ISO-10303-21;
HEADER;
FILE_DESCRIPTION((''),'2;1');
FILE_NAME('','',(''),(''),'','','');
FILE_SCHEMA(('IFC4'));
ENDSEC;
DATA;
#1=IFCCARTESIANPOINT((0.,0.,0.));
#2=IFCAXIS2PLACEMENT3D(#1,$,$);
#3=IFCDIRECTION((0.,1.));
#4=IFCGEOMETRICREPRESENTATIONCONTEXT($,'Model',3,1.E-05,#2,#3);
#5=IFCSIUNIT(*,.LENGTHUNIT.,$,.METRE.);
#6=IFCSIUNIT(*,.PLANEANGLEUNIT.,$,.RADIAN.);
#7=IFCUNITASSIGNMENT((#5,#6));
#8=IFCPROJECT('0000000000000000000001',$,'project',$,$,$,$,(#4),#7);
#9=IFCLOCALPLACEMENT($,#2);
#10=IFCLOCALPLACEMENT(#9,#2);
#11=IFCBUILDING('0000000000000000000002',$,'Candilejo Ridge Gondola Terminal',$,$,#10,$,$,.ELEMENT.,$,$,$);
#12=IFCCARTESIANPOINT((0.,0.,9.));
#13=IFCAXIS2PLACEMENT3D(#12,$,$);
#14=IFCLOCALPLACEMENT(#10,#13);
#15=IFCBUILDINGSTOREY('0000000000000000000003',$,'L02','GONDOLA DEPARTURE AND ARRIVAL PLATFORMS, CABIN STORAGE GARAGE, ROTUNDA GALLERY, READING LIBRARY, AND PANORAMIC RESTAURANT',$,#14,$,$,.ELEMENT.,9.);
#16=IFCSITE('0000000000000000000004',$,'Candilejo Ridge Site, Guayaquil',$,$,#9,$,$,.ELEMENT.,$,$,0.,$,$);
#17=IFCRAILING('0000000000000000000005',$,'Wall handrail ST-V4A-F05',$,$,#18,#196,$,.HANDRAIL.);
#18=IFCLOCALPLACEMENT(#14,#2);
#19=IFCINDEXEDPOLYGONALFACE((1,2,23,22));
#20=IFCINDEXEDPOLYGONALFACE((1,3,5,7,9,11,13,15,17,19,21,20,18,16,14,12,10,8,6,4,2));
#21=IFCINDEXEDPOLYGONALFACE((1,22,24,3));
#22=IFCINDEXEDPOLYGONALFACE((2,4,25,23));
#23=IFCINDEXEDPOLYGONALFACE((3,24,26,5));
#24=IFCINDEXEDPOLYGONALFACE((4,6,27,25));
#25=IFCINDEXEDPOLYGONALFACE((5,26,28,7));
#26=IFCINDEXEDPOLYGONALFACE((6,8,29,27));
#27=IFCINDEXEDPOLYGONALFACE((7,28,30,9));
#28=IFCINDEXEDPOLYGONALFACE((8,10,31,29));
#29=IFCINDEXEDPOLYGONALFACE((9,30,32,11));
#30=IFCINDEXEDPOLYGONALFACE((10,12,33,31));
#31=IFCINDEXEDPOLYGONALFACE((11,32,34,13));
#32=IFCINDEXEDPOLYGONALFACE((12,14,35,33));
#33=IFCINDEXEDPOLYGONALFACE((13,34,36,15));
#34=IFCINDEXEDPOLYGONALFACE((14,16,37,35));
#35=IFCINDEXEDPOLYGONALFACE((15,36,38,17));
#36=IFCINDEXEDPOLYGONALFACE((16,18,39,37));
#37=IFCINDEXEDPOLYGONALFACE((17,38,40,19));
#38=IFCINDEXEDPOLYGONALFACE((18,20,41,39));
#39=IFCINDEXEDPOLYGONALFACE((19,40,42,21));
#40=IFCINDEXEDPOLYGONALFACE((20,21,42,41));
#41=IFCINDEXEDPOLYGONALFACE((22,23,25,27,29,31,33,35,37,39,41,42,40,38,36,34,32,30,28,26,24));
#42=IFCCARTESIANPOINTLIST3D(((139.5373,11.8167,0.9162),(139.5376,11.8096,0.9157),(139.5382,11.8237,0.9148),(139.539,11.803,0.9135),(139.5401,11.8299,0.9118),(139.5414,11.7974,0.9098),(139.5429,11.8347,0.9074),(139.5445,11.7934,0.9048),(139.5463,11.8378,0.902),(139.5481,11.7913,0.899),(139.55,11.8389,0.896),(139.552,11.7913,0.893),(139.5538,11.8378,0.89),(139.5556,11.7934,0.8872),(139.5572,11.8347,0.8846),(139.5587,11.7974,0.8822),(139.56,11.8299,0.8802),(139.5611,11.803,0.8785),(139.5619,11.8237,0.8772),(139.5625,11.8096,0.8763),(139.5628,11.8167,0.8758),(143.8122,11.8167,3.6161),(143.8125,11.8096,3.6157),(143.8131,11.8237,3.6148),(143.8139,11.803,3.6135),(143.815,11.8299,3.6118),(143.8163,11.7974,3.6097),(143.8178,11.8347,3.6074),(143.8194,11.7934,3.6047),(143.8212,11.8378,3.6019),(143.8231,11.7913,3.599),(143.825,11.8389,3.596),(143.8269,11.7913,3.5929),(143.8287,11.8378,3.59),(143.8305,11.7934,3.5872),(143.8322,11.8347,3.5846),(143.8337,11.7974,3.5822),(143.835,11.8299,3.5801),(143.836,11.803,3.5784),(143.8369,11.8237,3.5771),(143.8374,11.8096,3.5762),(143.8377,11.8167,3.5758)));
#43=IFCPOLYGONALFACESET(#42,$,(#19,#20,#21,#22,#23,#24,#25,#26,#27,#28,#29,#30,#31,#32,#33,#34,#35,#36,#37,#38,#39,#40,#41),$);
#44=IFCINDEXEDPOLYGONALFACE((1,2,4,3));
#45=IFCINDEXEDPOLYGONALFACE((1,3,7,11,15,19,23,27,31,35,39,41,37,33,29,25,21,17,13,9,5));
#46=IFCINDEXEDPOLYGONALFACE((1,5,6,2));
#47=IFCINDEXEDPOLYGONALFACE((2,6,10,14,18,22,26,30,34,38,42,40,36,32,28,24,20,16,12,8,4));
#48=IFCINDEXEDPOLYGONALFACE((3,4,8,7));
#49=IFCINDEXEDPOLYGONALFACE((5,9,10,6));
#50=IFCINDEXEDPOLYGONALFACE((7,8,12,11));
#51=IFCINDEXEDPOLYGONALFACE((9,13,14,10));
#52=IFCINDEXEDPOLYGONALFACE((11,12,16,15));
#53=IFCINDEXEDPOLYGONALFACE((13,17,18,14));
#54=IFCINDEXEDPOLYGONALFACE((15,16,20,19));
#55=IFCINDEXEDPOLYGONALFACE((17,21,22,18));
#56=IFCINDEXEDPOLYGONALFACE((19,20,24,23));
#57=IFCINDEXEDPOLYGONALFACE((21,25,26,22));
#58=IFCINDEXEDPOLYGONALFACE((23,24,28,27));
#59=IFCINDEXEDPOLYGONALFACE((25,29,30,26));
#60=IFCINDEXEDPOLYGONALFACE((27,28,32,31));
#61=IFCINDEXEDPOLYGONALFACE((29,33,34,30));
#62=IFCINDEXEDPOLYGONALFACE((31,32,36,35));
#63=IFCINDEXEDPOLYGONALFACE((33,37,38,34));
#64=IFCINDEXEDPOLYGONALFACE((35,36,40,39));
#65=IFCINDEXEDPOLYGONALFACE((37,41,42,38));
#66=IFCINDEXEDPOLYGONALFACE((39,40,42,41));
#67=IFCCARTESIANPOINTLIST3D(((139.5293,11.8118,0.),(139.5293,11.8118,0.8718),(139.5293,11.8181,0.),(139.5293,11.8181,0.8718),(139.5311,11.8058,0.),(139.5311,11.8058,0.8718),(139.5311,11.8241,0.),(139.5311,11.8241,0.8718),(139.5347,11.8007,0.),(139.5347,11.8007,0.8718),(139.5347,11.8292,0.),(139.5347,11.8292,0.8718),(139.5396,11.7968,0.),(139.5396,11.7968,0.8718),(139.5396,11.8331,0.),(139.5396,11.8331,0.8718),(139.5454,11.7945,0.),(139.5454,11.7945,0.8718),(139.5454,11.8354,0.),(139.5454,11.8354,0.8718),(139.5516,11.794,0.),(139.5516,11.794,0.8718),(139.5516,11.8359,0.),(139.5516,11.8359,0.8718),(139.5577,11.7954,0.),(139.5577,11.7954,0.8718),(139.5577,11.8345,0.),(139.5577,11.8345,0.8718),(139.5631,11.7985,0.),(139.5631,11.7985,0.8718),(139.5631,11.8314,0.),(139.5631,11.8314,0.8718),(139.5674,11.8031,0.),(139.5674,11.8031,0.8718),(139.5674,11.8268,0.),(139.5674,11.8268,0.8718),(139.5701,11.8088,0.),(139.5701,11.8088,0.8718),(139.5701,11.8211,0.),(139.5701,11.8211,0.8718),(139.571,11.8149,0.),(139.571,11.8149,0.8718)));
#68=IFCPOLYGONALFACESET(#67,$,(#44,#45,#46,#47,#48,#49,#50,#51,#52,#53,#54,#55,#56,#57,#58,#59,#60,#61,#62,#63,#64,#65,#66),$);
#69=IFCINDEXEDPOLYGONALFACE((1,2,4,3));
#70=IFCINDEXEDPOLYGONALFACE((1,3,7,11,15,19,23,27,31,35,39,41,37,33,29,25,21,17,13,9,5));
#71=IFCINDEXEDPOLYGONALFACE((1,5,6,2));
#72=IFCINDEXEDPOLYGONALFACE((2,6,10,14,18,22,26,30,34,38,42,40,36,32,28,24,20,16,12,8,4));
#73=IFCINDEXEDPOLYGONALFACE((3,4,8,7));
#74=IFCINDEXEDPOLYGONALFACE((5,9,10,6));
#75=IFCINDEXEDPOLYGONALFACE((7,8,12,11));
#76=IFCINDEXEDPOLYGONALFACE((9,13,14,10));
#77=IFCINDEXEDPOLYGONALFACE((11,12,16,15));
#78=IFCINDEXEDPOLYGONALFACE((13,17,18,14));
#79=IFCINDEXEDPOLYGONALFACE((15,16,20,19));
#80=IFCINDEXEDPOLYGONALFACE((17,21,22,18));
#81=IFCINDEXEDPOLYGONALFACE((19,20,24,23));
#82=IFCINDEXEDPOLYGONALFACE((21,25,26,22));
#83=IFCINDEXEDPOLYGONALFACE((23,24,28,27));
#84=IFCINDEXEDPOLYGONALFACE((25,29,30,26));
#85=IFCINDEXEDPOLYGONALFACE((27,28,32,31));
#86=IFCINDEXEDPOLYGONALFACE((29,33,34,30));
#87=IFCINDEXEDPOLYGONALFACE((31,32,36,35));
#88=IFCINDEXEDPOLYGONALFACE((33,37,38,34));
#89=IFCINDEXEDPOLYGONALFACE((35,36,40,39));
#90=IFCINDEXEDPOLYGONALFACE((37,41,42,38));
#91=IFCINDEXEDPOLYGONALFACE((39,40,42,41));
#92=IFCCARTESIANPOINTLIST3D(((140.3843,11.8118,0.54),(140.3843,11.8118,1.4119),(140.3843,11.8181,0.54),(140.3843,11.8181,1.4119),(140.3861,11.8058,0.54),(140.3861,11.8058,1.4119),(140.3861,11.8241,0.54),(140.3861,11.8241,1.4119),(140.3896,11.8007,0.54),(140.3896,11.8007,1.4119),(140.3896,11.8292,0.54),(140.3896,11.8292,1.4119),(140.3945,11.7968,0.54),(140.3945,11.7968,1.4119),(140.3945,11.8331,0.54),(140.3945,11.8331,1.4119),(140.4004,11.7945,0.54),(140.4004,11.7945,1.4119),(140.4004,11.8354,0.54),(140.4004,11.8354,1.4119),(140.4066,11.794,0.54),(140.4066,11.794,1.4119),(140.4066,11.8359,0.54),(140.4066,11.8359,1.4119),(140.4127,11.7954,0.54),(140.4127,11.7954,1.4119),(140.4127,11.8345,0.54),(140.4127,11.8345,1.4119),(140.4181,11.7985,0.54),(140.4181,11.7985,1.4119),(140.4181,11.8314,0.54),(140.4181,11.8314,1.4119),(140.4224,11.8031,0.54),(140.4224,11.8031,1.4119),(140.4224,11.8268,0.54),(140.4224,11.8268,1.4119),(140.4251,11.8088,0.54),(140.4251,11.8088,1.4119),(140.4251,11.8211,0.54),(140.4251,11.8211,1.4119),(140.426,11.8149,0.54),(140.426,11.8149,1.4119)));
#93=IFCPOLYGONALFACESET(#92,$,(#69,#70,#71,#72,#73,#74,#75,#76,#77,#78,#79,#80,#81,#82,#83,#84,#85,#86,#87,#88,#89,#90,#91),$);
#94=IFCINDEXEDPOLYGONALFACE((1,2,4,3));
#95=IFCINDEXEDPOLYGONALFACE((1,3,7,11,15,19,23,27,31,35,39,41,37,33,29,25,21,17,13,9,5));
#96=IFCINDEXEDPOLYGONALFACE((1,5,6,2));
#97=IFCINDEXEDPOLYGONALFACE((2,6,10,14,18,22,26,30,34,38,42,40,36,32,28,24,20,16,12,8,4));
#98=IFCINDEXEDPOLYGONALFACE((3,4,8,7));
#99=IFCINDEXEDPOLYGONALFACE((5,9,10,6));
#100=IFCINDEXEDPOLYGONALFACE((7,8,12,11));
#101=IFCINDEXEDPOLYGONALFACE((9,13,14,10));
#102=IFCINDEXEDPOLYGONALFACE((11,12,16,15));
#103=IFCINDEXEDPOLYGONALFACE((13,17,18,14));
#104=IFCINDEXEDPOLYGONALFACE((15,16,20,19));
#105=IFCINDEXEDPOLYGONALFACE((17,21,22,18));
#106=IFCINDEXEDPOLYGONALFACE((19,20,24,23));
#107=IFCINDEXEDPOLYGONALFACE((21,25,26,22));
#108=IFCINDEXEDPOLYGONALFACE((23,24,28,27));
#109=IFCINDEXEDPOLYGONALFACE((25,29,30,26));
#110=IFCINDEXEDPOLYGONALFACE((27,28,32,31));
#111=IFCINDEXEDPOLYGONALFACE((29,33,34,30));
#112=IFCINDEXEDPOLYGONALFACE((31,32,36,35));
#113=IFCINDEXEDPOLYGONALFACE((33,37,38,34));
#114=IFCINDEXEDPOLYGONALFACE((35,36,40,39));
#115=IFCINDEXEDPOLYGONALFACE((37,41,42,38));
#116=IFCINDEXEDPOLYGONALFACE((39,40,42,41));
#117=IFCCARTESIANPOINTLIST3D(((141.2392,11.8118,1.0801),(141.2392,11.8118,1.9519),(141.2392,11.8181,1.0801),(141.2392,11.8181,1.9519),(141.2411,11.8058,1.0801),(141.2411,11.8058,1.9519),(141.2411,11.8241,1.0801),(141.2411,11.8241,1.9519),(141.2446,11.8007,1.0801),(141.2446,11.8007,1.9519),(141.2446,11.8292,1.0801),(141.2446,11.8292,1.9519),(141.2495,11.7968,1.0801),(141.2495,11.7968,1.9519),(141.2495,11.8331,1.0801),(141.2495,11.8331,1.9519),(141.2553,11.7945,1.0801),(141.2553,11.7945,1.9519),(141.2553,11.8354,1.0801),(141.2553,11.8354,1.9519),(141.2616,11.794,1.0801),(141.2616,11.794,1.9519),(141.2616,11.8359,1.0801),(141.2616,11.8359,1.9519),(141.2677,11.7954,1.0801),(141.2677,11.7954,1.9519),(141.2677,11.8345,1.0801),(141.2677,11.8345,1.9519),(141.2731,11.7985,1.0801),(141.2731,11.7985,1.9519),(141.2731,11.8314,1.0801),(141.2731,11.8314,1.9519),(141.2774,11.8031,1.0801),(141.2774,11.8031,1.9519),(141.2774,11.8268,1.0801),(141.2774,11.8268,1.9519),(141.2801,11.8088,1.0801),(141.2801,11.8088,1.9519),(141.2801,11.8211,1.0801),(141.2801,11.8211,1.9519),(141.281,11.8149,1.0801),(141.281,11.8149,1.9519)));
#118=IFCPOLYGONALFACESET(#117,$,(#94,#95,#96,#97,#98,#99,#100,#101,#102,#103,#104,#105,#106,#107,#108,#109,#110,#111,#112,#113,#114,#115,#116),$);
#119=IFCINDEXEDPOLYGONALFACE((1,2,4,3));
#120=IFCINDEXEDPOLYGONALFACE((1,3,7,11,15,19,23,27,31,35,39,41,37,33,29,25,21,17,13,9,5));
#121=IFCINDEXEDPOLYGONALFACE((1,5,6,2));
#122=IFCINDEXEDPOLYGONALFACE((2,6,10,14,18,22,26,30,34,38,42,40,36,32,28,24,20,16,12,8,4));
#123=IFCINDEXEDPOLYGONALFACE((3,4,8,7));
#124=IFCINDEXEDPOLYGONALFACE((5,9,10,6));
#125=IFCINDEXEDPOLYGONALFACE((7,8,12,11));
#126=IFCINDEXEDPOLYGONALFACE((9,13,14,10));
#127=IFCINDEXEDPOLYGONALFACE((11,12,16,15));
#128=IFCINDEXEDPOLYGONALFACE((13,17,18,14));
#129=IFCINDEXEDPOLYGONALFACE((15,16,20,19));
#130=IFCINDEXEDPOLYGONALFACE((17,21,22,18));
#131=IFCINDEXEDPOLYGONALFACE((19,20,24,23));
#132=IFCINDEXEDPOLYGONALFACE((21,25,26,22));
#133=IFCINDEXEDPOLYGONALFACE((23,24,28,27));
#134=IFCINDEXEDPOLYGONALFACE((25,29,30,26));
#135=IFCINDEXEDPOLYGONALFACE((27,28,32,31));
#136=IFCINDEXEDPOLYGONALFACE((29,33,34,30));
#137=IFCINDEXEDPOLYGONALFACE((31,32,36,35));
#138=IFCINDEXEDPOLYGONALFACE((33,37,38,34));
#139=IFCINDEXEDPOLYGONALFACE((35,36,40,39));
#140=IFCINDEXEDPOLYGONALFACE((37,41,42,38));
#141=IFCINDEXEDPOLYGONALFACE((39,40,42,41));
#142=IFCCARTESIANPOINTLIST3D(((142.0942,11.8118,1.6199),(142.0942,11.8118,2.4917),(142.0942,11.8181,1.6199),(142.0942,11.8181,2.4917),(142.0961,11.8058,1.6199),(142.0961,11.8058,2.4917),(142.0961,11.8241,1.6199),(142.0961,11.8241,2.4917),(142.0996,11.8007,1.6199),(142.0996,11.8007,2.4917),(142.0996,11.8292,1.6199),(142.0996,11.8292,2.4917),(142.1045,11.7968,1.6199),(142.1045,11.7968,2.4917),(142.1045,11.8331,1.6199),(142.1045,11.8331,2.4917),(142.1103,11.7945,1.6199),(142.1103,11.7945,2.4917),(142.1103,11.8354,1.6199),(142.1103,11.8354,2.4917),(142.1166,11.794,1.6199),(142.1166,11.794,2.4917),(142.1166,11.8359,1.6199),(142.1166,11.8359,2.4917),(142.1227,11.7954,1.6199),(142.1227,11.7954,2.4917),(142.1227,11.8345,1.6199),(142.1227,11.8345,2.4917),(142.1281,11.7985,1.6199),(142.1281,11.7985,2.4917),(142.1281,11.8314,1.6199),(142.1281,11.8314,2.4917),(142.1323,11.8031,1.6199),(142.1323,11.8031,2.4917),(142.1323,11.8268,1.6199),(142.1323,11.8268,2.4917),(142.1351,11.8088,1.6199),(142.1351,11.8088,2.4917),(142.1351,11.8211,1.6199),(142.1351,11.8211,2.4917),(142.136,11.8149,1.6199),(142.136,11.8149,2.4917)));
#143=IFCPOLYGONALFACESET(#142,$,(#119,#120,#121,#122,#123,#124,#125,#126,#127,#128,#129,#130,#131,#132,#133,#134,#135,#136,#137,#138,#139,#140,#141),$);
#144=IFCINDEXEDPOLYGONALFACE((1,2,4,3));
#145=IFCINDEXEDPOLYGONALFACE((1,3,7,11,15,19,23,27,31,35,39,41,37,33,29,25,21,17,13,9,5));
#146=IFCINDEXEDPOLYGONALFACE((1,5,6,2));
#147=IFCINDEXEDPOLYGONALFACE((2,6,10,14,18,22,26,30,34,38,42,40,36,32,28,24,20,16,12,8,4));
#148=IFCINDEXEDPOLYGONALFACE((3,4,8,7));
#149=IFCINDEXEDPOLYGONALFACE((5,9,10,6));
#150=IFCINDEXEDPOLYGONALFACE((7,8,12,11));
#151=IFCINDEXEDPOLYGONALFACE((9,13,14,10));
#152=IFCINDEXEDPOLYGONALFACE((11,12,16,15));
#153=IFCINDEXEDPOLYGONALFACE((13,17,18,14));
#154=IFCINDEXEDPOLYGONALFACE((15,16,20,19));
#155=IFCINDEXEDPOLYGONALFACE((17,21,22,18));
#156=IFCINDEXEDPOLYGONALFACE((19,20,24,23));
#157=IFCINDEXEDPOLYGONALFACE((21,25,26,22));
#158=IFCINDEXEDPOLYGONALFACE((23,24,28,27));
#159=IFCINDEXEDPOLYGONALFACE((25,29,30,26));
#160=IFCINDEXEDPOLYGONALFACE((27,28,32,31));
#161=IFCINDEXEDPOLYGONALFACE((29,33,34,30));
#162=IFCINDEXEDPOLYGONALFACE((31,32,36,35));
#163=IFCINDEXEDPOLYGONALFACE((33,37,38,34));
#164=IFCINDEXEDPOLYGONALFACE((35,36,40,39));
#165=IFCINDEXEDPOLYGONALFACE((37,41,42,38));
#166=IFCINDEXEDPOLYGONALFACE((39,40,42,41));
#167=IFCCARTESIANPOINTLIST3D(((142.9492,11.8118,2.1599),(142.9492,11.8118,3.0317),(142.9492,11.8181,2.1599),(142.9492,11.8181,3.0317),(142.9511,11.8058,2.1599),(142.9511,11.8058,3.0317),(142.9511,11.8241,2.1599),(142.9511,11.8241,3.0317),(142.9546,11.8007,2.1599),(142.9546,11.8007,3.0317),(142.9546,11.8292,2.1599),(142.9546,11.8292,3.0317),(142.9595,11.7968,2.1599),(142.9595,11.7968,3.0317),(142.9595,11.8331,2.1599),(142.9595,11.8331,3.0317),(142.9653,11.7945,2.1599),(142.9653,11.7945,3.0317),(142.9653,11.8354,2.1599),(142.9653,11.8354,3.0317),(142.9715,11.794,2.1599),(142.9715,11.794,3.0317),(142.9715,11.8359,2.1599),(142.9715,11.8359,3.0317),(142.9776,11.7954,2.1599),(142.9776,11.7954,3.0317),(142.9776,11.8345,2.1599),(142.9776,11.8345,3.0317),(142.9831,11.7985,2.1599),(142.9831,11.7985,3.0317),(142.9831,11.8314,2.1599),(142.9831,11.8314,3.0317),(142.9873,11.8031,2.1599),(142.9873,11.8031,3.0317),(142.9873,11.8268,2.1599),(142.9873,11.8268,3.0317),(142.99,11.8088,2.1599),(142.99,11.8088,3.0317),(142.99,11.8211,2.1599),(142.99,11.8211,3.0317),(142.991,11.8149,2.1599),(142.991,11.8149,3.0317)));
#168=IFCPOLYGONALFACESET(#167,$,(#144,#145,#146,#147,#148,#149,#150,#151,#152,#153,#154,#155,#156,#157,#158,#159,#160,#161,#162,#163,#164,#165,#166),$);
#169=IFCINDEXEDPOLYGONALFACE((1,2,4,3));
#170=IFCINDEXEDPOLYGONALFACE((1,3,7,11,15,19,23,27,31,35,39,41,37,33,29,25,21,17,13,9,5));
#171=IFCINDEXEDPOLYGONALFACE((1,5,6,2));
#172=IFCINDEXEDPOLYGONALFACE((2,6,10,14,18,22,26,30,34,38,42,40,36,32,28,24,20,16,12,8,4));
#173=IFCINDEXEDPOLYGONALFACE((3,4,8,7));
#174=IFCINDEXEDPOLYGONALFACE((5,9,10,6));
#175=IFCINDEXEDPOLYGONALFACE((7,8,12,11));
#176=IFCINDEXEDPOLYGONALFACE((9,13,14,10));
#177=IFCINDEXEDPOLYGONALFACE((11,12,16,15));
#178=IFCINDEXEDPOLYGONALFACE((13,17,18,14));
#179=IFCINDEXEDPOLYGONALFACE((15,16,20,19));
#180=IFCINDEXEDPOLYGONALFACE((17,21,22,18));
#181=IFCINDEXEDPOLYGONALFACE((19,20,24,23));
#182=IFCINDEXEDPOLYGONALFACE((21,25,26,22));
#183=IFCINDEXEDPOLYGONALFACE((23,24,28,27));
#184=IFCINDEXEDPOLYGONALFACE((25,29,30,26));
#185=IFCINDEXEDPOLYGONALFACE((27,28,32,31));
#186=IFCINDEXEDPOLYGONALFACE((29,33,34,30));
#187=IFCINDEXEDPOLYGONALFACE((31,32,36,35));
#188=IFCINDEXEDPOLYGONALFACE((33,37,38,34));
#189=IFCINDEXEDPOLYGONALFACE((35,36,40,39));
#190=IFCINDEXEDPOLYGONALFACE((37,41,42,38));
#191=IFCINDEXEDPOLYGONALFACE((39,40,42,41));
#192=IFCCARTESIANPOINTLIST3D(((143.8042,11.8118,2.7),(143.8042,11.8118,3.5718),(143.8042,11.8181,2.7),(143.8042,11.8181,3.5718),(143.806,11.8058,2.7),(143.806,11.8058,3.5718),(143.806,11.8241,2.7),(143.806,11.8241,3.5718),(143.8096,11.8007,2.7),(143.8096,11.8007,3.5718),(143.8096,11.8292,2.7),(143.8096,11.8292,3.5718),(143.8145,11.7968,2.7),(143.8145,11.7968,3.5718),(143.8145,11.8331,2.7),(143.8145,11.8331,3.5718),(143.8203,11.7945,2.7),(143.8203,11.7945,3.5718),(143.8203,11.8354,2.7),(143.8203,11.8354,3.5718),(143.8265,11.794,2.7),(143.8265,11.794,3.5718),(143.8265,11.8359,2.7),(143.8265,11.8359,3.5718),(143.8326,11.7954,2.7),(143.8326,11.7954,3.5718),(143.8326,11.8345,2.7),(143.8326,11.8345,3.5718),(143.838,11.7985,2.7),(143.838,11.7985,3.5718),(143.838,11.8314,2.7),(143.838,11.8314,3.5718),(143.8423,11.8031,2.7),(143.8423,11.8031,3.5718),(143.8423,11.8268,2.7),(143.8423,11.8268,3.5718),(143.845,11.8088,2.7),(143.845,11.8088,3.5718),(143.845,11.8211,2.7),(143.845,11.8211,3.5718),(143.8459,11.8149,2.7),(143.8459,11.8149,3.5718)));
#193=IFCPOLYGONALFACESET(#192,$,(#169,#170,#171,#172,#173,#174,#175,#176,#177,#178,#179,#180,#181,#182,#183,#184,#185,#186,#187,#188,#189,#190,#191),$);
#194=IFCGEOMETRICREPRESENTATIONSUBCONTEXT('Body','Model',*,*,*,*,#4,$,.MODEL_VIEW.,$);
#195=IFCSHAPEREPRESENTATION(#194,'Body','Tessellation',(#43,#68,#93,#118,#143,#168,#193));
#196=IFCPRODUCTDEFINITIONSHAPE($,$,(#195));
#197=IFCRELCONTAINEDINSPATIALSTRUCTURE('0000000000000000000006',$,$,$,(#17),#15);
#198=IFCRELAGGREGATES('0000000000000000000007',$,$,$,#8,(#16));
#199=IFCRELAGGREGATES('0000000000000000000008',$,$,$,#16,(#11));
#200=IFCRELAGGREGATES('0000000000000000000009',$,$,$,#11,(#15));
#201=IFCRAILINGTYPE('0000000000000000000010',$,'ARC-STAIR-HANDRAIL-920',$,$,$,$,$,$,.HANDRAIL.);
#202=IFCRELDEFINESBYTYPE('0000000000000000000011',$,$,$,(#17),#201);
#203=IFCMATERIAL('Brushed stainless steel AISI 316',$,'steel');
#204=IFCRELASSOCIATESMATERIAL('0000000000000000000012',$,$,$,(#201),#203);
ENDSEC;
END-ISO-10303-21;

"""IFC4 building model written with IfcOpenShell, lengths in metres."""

from ifc_helpers import new_model, si_unit, direction, frame, origin, origin_2d, place, context, subcontext, project, spatial, circle, extrude, material, type_object, element, save


model = new_model("IFC4")

# Units and contexts
model_context = context("Model", 3, precision=1e-05, world=origin(), true_north=direction((0.0, 1.0)))
body_context = subcontext(model_context, "Body", "Model", "MODEL_VIEW")
ifc_project = project(units=[si_unit("LENGTHUNIT", "METRE"), si_unit("PLANEANGLEUNIT", "RADIAN")], contexts=[model_context])

# Site, building, storey
site_placement = place(None, origin())
site = spatial("IfcSite", under=ifc_project, at=site_placement, Name="Candilejo Ridge Site, Guayaquil", CompositionType="ELEMENT", RefElevation=0.0)
building_placement = place(site_placement, origin())
building = spatial("IfcBuilding", under=site, at=building_placement, Name="Candilejo Ridge Gondola Terminal", CompositionType="ELEMENT")
storey_placement = place(building_placement, frame((0.0, 0.0, 9.0)))
storey = spatial("IfcBuildingStorey", under=building, at=storey_placement, Name="L02", Description="GONDOLA DEPARTURE AND ARRIVAL PLATFORMS, CABIN STORAGE GARAGE, ROTUNDA GALLERY, READING LIBRARY, AND PANORAMIC RESTAURANT", CompositionType="ELEMENT", Elevation=9.0)

# Railing
ifc_material_1 = material(Name="Brushed stainless steel AISI 316", Category="steel")
railing_type_1 = type_object("IfcRailingType", Name="ARC-STAIR-HANDRAIL-920", PredefinedType="HANDRAIL", material=ifc_material_1)
railing_1_placement = place(storey_placement, frame((139.55, 11.8149, 0.0)))
element("IfcRailing", 1, at=railing_1_placement, inside=storey, type_object=railing_type_1, Name="Wall handrail ST-V4A-F05", PredefinedType="HANDRAIL", context=body_context, shape_type="SweptSolid", body=[
    extrude(circle(Radius=0.0239, at=origin_2d()), frame((0.0, 0.0, 0.896), z_axis=(0.845488, 0.0, 0.533995), x_axis=(0.0, 1.0, 0.0)), (0.0, 0.0, 1.0), 5.0562),
    extrude(circle(Radius=0.021, at=origin_2d()), origin(), (0.0, 0.0, 1.0), 0.8718),
    extrude(circle(Radius=0.021, at=origin_2d()), frame((0.855, 0.0, 0.54)), (0.0, 0.0, 1.0), 0.8718),
    extrude(circle(Radius=0.021, at=origin_2d()), frame((1.71, 0.0, 1.0801)), (0.0, 0.0, 1.0), 0.8718),
    extrude(circle(Radius=0.021, at=origin_2d()), frame((2.5649, 0.0, 1.6199)), (0.0, 0.0, 1.0), 0.8718),
    extrude(circle(Radius=0.021, at=origin_2d()), frame((3.4199, 0.0, 2.1599)), (0.0, 0.0, 1.0), 0.8718),
    extrude(circle(Radius=0.021, at=origin_2d()), frame((4.2749, 0.0, 2.7)), (0.0, 0.0, 1.0), 0.8718),
])

save(model, "model.ifc")
